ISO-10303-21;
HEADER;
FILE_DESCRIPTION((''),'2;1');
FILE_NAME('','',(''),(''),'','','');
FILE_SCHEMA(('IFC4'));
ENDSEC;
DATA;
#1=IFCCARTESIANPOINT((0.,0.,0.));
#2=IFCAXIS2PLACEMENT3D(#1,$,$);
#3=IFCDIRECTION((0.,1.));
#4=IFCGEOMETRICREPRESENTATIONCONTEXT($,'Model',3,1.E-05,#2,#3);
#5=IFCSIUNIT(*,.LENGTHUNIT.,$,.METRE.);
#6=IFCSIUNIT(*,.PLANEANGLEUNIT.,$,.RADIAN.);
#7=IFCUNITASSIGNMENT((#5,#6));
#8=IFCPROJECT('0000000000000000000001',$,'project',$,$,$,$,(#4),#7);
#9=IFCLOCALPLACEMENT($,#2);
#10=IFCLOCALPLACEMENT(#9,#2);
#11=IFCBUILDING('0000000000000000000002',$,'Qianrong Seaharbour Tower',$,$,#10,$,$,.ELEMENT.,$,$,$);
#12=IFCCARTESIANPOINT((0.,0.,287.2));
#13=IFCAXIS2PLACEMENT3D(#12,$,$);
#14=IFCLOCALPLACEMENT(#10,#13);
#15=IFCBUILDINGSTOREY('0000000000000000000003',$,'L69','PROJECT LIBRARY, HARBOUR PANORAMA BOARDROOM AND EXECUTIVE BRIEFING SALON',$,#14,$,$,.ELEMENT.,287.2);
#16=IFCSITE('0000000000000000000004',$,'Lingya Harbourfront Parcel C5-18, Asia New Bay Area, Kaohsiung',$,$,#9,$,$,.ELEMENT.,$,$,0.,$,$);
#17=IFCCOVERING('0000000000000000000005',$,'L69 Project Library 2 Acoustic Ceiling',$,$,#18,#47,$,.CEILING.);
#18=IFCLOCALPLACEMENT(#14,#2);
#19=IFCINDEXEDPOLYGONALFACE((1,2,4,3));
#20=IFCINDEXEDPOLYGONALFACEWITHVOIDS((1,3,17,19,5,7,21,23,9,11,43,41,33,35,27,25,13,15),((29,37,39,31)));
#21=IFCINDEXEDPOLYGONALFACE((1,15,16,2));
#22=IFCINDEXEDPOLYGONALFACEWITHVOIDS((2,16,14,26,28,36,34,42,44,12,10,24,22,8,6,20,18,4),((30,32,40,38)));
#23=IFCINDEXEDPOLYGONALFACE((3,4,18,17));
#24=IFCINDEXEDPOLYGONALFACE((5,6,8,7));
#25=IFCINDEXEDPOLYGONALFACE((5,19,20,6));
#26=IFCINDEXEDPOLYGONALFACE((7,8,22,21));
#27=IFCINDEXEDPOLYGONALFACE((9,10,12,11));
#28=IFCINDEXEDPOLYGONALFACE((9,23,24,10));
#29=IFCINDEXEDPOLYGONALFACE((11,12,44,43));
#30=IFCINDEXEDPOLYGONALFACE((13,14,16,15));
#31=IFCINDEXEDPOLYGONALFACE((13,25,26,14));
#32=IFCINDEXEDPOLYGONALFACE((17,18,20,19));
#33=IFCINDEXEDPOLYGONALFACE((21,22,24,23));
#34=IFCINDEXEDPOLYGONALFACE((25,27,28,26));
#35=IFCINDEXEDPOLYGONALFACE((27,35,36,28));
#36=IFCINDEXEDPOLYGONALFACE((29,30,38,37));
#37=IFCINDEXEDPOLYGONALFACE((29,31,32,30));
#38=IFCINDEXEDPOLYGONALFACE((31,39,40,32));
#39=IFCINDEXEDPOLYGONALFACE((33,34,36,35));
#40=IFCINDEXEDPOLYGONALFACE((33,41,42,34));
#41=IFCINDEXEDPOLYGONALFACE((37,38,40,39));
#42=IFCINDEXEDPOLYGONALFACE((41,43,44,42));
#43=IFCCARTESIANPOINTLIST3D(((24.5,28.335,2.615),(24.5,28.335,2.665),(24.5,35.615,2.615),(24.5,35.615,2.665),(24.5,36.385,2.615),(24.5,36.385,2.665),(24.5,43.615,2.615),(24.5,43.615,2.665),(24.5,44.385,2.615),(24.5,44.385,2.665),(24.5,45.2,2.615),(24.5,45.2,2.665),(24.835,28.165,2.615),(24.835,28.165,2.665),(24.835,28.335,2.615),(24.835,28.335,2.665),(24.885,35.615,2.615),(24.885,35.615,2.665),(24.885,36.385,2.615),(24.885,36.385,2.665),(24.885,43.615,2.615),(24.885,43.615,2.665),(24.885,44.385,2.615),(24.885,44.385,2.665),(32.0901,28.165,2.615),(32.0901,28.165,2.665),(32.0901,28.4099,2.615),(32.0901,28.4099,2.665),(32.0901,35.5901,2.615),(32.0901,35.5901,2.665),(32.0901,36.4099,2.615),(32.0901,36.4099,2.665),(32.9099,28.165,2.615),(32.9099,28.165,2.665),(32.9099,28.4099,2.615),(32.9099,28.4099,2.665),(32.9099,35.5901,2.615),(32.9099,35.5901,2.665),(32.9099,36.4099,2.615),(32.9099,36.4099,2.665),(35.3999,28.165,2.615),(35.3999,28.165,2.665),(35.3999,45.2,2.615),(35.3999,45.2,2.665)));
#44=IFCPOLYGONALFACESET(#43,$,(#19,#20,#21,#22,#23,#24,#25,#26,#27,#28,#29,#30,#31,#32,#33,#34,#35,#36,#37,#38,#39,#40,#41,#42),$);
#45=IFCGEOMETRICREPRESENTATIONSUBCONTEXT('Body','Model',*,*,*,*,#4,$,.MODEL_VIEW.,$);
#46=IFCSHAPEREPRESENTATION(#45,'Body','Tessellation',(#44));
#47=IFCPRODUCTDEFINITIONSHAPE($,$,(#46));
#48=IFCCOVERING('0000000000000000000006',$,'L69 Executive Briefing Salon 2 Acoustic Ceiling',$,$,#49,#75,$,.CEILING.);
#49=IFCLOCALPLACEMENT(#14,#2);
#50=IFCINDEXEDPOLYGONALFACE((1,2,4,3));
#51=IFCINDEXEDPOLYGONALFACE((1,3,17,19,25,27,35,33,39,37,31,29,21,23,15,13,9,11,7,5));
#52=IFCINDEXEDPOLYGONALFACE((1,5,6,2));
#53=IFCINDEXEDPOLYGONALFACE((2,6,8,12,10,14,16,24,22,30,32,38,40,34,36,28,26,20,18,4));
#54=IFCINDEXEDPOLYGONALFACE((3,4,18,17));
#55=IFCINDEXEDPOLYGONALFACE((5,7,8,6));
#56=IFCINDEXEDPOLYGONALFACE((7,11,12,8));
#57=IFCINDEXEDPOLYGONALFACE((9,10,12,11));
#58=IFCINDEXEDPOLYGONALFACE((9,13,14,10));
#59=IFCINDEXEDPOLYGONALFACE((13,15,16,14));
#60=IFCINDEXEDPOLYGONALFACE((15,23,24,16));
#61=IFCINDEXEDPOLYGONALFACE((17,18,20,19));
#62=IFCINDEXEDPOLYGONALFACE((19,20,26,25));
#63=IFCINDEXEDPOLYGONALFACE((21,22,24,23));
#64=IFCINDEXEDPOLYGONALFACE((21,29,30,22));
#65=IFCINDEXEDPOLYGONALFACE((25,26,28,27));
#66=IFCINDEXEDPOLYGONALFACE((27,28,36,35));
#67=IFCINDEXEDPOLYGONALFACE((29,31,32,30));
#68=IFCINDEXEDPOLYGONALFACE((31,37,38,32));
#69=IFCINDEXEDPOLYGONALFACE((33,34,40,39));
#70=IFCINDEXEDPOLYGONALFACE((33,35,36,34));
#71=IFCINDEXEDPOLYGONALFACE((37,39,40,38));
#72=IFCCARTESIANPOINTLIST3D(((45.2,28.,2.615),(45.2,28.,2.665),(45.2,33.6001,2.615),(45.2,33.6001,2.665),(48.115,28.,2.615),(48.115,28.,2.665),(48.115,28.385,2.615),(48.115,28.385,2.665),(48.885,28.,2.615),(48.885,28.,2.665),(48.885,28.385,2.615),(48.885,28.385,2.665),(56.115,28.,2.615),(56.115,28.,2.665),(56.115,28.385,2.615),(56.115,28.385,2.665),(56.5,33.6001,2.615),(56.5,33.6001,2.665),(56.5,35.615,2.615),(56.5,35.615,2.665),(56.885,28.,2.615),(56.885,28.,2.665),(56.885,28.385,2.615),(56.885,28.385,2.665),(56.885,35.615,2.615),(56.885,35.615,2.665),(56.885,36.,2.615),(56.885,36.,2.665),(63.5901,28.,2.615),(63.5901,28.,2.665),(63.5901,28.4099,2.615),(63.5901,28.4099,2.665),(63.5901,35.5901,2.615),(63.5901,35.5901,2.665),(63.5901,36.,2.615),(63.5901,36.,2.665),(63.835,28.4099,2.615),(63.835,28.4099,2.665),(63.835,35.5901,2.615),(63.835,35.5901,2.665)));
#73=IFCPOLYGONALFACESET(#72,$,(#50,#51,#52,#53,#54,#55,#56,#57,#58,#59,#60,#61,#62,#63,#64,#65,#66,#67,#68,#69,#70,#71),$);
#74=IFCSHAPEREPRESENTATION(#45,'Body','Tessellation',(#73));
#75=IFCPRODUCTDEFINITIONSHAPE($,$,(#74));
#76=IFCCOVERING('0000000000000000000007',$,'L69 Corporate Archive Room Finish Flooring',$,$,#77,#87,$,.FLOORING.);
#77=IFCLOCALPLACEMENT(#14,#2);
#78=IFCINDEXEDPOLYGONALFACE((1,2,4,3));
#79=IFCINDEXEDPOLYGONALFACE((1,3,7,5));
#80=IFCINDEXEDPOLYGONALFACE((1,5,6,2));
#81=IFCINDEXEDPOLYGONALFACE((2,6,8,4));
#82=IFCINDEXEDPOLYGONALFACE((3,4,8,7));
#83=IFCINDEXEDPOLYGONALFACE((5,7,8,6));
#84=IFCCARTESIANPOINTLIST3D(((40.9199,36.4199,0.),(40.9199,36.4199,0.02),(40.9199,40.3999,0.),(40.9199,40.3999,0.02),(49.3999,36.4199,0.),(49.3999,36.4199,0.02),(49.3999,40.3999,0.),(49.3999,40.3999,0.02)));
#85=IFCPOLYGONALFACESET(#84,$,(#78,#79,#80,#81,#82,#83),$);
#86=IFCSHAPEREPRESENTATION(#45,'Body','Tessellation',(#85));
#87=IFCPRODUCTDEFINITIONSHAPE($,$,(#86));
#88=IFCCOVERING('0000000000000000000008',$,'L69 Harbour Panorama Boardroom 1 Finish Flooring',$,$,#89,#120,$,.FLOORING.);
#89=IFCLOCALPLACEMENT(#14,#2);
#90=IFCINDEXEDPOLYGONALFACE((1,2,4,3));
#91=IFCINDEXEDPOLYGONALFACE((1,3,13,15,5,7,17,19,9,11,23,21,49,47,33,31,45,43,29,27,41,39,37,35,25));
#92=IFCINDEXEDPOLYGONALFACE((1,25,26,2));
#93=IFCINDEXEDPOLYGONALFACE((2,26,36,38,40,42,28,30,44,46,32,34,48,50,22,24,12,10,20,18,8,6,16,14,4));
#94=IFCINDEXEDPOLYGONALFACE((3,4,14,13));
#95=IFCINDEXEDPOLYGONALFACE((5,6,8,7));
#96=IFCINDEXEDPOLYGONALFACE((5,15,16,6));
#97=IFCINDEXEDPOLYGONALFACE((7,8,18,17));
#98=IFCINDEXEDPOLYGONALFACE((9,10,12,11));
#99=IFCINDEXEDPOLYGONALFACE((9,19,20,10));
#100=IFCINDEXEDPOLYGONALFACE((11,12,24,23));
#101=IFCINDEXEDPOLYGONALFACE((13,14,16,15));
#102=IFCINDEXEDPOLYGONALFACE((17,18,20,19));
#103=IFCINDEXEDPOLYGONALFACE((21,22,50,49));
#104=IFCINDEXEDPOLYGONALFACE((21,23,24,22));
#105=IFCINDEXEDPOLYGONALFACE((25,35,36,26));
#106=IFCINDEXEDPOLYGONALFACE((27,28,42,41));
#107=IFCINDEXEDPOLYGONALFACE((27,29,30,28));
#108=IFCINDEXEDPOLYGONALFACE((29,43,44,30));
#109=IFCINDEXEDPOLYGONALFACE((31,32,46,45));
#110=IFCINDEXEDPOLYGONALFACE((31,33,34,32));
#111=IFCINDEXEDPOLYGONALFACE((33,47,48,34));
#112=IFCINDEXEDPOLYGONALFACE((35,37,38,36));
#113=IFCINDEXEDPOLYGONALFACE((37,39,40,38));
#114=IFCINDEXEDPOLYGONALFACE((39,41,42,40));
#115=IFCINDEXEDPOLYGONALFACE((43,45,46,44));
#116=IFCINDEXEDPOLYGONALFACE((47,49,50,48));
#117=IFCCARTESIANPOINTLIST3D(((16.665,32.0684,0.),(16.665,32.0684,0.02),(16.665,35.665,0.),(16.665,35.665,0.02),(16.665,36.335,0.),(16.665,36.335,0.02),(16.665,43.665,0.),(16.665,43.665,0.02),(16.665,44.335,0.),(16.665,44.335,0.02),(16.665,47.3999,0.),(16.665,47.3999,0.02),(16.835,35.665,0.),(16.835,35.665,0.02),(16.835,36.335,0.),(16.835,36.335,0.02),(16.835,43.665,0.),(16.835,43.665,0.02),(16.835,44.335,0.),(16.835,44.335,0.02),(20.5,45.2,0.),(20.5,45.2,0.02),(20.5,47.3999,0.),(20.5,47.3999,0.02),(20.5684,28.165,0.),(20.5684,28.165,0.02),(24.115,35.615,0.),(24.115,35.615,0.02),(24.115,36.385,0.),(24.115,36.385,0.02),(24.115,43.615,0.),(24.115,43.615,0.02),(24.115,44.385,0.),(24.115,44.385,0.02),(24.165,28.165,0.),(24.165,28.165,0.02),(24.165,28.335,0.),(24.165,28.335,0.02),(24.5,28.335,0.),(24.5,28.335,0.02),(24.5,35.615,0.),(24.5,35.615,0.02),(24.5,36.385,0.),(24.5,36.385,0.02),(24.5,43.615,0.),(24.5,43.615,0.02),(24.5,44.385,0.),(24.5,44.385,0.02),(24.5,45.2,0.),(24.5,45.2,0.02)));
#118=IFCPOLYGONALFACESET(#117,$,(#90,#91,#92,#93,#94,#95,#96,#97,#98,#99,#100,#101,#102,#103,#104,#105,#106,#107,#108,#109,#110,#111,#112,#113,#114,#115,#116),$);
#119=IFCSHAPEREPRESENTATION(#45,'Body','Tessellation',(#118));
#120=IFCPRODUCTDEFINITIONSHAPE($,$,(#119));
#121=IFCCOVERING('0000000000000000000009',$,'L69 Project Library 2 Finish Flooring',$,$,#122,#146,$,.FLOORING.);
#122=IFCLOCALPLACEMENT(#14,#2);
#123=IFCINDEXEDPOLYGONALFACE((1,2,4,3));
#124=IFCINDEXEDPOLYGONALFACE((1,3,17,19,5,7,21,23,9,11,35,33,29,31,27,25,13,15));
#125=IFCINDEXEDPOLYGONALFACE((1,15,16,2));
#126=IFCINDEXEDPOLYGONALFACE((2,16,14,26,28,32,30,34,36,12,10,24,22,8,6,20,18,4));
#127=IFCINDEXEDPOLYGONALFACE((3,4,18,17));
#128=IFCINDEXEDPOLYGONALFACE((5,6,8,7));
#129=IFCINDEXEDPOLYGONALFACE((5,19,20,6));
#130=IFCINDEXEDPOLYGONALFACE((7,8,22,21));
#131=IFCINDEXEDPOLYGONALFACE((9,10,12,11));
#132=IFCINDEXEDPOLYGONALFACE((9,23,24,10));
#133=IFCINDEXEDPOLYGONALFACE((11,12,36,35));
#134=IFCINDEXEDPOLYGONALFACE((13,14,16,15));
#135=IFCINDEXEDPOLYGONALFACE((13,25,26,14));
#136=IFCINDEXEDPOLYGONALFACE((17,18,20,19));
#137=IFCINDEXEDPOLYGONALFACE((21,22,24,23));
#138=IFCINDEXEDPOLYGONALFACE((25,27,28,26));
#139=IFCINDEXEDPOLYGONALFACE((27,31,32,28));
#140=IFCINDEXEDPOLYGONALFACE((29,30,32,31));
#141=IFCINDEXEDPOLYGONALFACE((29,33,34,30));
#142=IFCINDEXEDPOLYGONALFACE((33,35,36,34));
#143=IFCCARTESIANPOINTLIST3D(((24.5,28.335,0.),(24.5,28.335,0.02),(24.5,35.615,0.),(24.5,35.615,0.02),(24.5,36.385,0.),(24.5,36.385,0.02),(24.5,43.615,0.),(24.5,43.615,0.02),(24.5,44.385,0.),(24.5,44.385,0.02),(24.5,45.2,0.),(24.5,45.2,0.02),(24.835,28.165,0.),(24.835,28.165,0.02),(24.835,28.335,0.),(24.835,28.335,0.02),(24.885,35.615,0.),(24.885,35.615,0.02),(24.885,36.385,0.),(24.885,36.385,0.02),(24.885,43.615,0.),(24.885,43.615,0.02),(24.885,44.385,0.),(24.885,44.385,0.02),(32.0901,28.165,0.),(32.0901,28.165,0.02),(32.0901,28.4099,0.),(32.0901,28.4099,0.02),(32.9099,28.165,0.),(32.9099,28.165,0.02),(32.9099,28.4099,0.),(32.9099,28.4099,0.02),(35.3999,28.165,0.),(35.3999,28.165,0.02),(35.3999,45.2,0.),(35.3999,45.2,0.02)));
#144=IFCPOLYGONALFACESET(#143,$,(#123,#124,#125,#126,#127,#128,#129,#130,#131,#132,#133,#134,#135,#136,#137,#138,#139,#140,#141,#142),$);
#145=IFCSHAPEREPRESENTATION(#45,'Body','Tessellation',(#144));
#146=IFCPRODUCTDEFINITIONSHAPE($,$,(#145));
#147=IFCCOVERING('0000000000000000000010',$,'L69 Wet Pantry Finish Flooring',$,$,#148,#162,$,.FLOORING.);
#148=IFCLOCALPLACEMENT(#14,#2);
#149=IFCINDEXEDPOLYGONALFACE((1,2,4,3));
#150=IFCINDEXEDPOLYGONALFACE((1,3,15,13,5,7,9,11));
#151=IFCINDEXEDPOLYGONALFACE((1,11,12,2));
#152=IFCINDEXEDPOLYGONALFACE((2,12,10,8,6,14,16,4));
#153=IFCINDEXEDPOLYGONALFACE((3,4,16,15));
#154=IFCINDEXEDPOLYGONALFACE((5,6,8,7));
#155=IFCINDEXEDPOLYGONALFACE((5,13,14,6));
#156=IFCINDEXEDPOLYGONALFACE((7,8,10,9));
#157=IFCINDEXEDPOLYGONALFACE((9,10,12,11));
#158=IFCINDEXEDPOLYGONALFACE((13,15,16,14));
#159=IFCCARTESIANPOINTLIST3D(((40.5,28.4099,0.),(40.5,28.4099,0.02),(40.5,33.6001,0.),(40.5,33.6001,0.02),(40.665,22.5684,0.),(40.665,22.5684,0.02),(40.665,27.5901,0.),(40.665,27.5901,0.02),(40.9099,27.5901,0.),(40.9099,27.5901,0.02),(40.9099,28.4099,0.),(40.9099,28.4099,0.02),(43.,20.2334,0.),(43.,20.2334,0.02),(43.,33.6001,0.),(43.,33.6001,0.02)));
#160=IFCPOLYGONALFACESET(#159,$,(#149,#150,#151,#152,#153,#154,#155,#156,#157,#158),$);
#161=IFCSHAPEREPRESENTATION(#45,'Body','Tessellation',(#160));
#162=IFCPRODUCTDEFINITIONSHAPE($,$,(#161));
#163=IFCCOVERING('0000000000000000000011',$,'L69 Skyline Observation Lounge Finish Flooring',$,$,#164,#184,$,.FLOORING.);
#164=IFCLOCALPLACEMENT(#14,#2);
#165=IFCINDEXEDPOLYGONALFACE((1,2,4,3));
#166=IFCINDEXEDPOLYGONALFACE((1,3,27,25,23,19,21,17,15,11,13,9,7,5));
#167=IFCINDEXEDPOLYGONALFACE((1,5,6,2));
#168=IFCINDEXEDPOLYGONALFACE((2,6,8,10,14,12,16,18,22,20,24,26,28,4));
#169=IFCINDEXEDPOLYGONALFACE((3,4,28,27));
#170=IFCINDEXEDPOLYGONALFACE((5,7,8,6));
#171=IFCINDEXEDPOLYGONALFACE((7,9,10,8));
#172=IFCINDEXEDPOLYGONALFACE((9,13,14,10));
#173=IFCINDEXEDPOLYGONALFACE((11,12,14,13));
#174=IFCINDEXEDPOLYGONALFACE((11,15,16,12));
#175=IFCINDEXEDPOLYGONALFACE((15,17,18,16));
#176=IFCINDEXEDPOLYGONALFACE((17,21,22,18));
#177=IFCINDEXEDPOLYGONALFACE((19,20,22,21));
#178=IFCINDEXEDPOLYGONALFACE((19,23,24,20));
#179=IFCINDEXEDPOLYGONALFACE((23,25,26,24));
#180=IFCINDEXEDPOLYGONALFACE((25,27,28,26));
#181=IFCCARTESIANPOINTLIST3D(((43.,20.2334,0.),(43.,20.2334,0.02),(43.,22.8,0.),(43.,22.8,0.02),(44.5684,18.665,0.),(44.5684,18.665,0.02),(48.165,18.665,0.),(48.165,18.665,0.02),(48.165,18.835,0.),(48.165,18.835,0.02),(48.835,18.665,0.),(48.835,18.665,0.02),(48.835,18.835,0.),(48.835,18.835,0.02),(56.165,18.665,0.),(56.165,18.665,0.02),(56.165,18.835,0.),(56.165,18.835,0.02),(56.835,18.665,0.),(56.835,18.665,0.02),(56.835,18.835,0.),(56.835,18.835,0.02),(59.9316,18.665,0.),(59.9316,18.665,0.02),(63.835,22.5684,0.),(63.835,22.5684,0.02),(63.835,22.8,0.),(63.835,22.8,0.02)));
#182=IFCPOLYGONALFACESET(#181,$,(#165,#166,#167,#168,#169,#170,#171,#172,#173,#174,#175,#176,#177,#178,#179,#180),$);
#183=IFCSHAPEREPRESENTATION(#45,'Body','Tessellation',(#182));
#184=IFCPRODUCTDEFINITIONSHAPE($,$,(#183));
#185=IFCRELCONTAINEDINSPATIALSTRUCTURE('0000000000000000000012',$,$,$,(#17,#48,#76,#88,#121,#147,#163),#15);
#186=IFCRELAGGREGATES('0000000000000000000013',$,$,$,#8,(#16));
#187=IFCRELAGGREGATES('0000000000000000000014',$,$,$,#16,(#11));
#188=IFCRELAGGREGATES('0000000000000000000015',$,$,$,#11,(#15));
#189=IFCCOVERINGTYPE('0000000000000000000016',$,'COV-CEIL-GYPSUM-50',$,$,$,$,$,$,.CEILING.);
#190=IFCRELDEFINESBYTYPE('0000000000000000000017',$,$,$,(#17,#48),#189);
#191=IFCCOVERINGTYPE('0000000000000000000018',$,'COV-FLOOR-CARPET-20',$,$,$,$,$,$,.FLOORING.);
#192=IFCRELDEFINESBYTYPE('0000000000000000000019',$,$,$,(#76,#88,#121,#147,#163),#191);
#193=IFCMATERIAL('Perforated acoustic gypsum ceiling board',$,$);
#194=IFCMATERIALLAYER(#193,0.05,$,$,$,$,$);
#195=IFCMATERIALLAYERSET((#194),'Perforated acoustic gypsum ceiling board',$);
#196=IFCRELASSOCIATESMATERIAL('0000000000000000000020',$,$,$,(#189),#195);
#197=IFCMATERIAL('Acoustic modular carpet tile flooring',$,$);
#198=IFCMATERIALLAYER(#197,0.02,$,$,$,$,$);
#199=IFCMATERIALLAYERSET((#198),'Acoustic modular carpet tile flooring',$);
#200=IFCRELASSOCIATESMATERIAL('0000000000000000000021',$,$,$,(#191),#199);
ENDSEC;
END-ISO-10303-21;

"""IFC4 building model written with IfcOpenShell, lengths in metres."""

from ifc_helpers import new_model, si_unit, direction, frame, origin, place, context, subcontext, project, spatial, polyline, outline, extrude, material, layer, layer_set, type_object, element, save


model = new_model("IFC4")

# Units and contexts
model_context = context("Model", 3, precision=1e-05, world=origin(), true_north=direction((0.0, 1.0)))
body_context = subcontext(model_context, "Body", "Model", "MODEL_VIEW")
ifc_project = project(units=[si_unit("LENGTHUNIT", "METRE"), si_unit("PLANEANGLEUNIT", "RADIAN")], contexts=[model_context])

# Site, building, storey
site_placement = place(None, origin())
site = spatial("IfcSite", under=ifc_project, at=site_placement, Name="Lingya Harbourfront Parcel C5-18, Asia New Bay Area, Kaohsiung", CompositionType="ELEMENT", RefElevation=0.0)
building_placement = place(site_placement, origin())
building = spatial("IfcBuilding", under=site, at=building_placement, Name="Qianrong Seaharbour Tower", CompositionType="ELEMENT")
storey_placement = place(building_placement, frame((0.0, 0.0, 287.2)))
storey = spatial("IfcBuildingStorey", under=building, at=storey_placement, Name="L69", Description="PROJECT LIBRARY, HARBOUR PANORAMA BOARDROOM AND EXECUTIVE BRIEFING SALON", CompositionType="ELEMENT", Elevation=287.2)

# Coverings
ifc_material_1 = material(Name="Perforated acoustic gypsum ceiling board")
ifc_layer_1 = layer(ifc_material_1, 0.05)
ifc_layer_set_1 = layer_set([ifc_layer_1], Name="Perforated acoustic gypsum ceiling board")
covering_type_1 = type_object("IfcCoveringType", Name="COV-CEIL-GYPSUM-50", PredefinedType="CEILING", material=ifc_layer_set_1)
covering_1_placement = place(storey_placement, frame((0.0, 0.0, 2.615)))
element("IfcCovering", 1, at=covering_1_placement, inside=storey, type_object=covering_type_1, Name="L69 Project Library 2 Acoustic Ceiling", PredefinedType="CEILING", context=body_context, shape_type="SweptSolid", body=[
    extrude(outline(polyline([(32.9099, 28.165), (32.9099, 28.4099), (32.0901, 28.4099), (32.0901, 28.165), (24.835, 28.165), (24.835, 28.335), (24.5, 28.335), (24.5, 35.615), (24.885, 35.615), (24.885, 36.385), (24.5, 36.385), (24.5, 43.615), (24.885, 43.615), (24.885, 44.385), (24.5, 44.385), (24.5, 45.2), (35.3999, 45.2), (35.3999, 28.165), (32.9099, 28.165)]), holes=[polyline([(32.9099, 35.5901), (32.9099, 36.4099), (32.0901, 36.4099), (32.0901, 35.5901), (32.9099, 35.5901)])]), origin(), (0.0, 0.0, 1.0), 0.05),
])
covering_2_placement = place(storey_placement, frame((0.0, 0.0, 2.615)))
element("IfcCovering", 2, at=covering_2_placement, inside=storey, type_object=covering_type_1, Name="L69 Executive Briefing Salon 2 Acoustic Ceiling", PredefinedType="CEILING", context=body_context, shape_type="SweptSolid", body=[
    extrude(outline(polyline([(56.5, 33.6001), (56.5, 35.615), (56.885, 35.615), (56.885, 36.0), (63.5901, 36.0), (63.5901, 35.5901), (63.835, 35.5901), (63.835, 28.4099), (63.5901, 28.4099), (63.5901, 28.0), (56.885, 28.0), (56.885, 28.385), (56.115, 28.385), (56.115, 28.0), (48.885, 28.0), (48.885, 28.385), (48.115, 28.385), (48.115, 28.0), (45.2, 28.0), (45.2, 33.6001), (56.5, 33.6001)])), origin(), (0.0, 0.0, 1.0), 0.05),
])
ifc_material_2 = material(Name="Acoustic modular carpet tile flooring")
ifc_layer_2 = layer(ifc_material_2, 0.02)
ifc_layer_set_2 = layer_set([ifc_layer_2], Name="Acoustic modular carpet tile flooring")
covering_type_2 = type_object("IfcCoveringType", Name="COV-FLOOR-CARPET-20", PredefinedType="FLOORING", material=ifc_layer_set_2)
covering_3_placement = place(storey_placement, origin())
element("IfcCovering", 3, at=covering_3_placement, inside=storey, type_object=covering_type_2, Name="L69 Corporate Archive Room Finish Flooring", PredefinedType="FLOORING", context=body_context, shape_type="SweptSolid", body=[
    extrude(outline(polyline([(49.3999, 40.3999), (49.3999, 36.4199), (40.9199, 36.4199), (40.9199, 40.3999), (49.3999, 40.3999)])), origin(), (0.0, 0.0, 1.0), 0.02),
])
covering_4_placement = place(storey_placement, origin())
element("IfcCovering", 4, at=covering_4_placement, inside=storey, type_object=covering_type_2, Name="L69 Harbour Panorama Boardroom 1 Finish Flooring", PredefinedType="FLOORING", context=body_context, shape_type="SweptSolid", body=[
    extrude(outline(polyline([(20.5684, 28.165), (16.665, 32.0684), (16.665, 35.665), (16.835, 35.665), (16.835, 36.335), (16.665, 36.335), (16.665, 43.665), (16.835, 43.665), (16.835, 44.335), (16.665, 44.335), (16.665, 47.3999), (20.5, 47.3999), (20.5, 45.2), (24.5, 45.2), (24.5, 44.385), (24.115, 44.385), (24.115, 43.615), (24.5, 43.615), (24.5, 36.385), (24.115, 36.385), (24.115, 35.615), (24.5, 35.615), (24.5, 28.335), (24.165, 28.335), (24.165, 28.165), (20.5684, 28.165)])), origin(), (0.0, 0.0, 1.0), 0.02),
])
covering_5_placement = place(storey_placement, origin())
element("IfcCovering", 5, at=covering_5_placement, inside=storey, type_object=covering_type_2, Name="L69 Project Library 2 Finish Flooring", PredefinedType="FLOORING", context=body_context, shape_type="SweptSolid", body=[
    extrude(outline(polyline([(32.9099, 28.165), (32.9099, 28.4099), (32.0901, 28.4099), (32.0901, 28.165), (24.835, 28.165), (24.835, 28.335), (24.5, 28.335), (24.5, 35.615), (24.885, 35.615), (24.885, 36.385), (24.5, 36.385), (24.5, 43.615), (24.885, 43.615), (24.885, 44.385), (24.5, 44.385), (24.5, 45.2), (35.3999, 45.2), (35.3999, 28.165), (32.9099, 28.165)])), origin(), (0.0, 0.0, 1.0), 0.02),
])
covering_6_placement = place(storey_placement, origin())
element("IfcCovering", 6, at=covering_6_placement, inside=storey, type_object=covering_type_2, Name="L69 Wet Pantry Finish Flooring", PredefinedType="FLOORING", context=body_context, shape_type="SweptSolid", body=[
    extrude(outline(polyline([(43.0, 20.2334), (40.665, 22.5684), (40.665, 27.5901), (40.9099, 27.5901), (40.9099, 28.4099), (40.5, 28.4099), (40.5, 33.6001), (43.0, 33.6001), (43.0, 20.2334)])), origin(), (0.0, 0.0, 1.0), 0.02),
])
covering_7_placement = place(storey_placement, origin())
element("IfcCovering", 7, at=covering_7_placement, inside=storey, type_object=covering_type_2, Name="L69 Skyline Observation Lounge Finish Flooring", PredefinedType="FLOORING", context=body_context, shape_type="SweptSolid", body=[
    extrude(outline(polyline([(63.835, 22.5684), (59.9316, 18.665), (56.835, 18.665), (56.835, 18.835), (56.165, 18.835), (56.165, 18.665), (48.835, 18.665), (48.835, 18.835), (48.165, 18.835), (48.165, 18.665), (44.5684, 18.665), (43.0, 20.2334), (43.0, 22.8), (63.835, 22.8), (63.835, 22.5684)])), origin(), (0.0, 0.0, 1.0), 0.02),
])

save(model, "model.ifc")
